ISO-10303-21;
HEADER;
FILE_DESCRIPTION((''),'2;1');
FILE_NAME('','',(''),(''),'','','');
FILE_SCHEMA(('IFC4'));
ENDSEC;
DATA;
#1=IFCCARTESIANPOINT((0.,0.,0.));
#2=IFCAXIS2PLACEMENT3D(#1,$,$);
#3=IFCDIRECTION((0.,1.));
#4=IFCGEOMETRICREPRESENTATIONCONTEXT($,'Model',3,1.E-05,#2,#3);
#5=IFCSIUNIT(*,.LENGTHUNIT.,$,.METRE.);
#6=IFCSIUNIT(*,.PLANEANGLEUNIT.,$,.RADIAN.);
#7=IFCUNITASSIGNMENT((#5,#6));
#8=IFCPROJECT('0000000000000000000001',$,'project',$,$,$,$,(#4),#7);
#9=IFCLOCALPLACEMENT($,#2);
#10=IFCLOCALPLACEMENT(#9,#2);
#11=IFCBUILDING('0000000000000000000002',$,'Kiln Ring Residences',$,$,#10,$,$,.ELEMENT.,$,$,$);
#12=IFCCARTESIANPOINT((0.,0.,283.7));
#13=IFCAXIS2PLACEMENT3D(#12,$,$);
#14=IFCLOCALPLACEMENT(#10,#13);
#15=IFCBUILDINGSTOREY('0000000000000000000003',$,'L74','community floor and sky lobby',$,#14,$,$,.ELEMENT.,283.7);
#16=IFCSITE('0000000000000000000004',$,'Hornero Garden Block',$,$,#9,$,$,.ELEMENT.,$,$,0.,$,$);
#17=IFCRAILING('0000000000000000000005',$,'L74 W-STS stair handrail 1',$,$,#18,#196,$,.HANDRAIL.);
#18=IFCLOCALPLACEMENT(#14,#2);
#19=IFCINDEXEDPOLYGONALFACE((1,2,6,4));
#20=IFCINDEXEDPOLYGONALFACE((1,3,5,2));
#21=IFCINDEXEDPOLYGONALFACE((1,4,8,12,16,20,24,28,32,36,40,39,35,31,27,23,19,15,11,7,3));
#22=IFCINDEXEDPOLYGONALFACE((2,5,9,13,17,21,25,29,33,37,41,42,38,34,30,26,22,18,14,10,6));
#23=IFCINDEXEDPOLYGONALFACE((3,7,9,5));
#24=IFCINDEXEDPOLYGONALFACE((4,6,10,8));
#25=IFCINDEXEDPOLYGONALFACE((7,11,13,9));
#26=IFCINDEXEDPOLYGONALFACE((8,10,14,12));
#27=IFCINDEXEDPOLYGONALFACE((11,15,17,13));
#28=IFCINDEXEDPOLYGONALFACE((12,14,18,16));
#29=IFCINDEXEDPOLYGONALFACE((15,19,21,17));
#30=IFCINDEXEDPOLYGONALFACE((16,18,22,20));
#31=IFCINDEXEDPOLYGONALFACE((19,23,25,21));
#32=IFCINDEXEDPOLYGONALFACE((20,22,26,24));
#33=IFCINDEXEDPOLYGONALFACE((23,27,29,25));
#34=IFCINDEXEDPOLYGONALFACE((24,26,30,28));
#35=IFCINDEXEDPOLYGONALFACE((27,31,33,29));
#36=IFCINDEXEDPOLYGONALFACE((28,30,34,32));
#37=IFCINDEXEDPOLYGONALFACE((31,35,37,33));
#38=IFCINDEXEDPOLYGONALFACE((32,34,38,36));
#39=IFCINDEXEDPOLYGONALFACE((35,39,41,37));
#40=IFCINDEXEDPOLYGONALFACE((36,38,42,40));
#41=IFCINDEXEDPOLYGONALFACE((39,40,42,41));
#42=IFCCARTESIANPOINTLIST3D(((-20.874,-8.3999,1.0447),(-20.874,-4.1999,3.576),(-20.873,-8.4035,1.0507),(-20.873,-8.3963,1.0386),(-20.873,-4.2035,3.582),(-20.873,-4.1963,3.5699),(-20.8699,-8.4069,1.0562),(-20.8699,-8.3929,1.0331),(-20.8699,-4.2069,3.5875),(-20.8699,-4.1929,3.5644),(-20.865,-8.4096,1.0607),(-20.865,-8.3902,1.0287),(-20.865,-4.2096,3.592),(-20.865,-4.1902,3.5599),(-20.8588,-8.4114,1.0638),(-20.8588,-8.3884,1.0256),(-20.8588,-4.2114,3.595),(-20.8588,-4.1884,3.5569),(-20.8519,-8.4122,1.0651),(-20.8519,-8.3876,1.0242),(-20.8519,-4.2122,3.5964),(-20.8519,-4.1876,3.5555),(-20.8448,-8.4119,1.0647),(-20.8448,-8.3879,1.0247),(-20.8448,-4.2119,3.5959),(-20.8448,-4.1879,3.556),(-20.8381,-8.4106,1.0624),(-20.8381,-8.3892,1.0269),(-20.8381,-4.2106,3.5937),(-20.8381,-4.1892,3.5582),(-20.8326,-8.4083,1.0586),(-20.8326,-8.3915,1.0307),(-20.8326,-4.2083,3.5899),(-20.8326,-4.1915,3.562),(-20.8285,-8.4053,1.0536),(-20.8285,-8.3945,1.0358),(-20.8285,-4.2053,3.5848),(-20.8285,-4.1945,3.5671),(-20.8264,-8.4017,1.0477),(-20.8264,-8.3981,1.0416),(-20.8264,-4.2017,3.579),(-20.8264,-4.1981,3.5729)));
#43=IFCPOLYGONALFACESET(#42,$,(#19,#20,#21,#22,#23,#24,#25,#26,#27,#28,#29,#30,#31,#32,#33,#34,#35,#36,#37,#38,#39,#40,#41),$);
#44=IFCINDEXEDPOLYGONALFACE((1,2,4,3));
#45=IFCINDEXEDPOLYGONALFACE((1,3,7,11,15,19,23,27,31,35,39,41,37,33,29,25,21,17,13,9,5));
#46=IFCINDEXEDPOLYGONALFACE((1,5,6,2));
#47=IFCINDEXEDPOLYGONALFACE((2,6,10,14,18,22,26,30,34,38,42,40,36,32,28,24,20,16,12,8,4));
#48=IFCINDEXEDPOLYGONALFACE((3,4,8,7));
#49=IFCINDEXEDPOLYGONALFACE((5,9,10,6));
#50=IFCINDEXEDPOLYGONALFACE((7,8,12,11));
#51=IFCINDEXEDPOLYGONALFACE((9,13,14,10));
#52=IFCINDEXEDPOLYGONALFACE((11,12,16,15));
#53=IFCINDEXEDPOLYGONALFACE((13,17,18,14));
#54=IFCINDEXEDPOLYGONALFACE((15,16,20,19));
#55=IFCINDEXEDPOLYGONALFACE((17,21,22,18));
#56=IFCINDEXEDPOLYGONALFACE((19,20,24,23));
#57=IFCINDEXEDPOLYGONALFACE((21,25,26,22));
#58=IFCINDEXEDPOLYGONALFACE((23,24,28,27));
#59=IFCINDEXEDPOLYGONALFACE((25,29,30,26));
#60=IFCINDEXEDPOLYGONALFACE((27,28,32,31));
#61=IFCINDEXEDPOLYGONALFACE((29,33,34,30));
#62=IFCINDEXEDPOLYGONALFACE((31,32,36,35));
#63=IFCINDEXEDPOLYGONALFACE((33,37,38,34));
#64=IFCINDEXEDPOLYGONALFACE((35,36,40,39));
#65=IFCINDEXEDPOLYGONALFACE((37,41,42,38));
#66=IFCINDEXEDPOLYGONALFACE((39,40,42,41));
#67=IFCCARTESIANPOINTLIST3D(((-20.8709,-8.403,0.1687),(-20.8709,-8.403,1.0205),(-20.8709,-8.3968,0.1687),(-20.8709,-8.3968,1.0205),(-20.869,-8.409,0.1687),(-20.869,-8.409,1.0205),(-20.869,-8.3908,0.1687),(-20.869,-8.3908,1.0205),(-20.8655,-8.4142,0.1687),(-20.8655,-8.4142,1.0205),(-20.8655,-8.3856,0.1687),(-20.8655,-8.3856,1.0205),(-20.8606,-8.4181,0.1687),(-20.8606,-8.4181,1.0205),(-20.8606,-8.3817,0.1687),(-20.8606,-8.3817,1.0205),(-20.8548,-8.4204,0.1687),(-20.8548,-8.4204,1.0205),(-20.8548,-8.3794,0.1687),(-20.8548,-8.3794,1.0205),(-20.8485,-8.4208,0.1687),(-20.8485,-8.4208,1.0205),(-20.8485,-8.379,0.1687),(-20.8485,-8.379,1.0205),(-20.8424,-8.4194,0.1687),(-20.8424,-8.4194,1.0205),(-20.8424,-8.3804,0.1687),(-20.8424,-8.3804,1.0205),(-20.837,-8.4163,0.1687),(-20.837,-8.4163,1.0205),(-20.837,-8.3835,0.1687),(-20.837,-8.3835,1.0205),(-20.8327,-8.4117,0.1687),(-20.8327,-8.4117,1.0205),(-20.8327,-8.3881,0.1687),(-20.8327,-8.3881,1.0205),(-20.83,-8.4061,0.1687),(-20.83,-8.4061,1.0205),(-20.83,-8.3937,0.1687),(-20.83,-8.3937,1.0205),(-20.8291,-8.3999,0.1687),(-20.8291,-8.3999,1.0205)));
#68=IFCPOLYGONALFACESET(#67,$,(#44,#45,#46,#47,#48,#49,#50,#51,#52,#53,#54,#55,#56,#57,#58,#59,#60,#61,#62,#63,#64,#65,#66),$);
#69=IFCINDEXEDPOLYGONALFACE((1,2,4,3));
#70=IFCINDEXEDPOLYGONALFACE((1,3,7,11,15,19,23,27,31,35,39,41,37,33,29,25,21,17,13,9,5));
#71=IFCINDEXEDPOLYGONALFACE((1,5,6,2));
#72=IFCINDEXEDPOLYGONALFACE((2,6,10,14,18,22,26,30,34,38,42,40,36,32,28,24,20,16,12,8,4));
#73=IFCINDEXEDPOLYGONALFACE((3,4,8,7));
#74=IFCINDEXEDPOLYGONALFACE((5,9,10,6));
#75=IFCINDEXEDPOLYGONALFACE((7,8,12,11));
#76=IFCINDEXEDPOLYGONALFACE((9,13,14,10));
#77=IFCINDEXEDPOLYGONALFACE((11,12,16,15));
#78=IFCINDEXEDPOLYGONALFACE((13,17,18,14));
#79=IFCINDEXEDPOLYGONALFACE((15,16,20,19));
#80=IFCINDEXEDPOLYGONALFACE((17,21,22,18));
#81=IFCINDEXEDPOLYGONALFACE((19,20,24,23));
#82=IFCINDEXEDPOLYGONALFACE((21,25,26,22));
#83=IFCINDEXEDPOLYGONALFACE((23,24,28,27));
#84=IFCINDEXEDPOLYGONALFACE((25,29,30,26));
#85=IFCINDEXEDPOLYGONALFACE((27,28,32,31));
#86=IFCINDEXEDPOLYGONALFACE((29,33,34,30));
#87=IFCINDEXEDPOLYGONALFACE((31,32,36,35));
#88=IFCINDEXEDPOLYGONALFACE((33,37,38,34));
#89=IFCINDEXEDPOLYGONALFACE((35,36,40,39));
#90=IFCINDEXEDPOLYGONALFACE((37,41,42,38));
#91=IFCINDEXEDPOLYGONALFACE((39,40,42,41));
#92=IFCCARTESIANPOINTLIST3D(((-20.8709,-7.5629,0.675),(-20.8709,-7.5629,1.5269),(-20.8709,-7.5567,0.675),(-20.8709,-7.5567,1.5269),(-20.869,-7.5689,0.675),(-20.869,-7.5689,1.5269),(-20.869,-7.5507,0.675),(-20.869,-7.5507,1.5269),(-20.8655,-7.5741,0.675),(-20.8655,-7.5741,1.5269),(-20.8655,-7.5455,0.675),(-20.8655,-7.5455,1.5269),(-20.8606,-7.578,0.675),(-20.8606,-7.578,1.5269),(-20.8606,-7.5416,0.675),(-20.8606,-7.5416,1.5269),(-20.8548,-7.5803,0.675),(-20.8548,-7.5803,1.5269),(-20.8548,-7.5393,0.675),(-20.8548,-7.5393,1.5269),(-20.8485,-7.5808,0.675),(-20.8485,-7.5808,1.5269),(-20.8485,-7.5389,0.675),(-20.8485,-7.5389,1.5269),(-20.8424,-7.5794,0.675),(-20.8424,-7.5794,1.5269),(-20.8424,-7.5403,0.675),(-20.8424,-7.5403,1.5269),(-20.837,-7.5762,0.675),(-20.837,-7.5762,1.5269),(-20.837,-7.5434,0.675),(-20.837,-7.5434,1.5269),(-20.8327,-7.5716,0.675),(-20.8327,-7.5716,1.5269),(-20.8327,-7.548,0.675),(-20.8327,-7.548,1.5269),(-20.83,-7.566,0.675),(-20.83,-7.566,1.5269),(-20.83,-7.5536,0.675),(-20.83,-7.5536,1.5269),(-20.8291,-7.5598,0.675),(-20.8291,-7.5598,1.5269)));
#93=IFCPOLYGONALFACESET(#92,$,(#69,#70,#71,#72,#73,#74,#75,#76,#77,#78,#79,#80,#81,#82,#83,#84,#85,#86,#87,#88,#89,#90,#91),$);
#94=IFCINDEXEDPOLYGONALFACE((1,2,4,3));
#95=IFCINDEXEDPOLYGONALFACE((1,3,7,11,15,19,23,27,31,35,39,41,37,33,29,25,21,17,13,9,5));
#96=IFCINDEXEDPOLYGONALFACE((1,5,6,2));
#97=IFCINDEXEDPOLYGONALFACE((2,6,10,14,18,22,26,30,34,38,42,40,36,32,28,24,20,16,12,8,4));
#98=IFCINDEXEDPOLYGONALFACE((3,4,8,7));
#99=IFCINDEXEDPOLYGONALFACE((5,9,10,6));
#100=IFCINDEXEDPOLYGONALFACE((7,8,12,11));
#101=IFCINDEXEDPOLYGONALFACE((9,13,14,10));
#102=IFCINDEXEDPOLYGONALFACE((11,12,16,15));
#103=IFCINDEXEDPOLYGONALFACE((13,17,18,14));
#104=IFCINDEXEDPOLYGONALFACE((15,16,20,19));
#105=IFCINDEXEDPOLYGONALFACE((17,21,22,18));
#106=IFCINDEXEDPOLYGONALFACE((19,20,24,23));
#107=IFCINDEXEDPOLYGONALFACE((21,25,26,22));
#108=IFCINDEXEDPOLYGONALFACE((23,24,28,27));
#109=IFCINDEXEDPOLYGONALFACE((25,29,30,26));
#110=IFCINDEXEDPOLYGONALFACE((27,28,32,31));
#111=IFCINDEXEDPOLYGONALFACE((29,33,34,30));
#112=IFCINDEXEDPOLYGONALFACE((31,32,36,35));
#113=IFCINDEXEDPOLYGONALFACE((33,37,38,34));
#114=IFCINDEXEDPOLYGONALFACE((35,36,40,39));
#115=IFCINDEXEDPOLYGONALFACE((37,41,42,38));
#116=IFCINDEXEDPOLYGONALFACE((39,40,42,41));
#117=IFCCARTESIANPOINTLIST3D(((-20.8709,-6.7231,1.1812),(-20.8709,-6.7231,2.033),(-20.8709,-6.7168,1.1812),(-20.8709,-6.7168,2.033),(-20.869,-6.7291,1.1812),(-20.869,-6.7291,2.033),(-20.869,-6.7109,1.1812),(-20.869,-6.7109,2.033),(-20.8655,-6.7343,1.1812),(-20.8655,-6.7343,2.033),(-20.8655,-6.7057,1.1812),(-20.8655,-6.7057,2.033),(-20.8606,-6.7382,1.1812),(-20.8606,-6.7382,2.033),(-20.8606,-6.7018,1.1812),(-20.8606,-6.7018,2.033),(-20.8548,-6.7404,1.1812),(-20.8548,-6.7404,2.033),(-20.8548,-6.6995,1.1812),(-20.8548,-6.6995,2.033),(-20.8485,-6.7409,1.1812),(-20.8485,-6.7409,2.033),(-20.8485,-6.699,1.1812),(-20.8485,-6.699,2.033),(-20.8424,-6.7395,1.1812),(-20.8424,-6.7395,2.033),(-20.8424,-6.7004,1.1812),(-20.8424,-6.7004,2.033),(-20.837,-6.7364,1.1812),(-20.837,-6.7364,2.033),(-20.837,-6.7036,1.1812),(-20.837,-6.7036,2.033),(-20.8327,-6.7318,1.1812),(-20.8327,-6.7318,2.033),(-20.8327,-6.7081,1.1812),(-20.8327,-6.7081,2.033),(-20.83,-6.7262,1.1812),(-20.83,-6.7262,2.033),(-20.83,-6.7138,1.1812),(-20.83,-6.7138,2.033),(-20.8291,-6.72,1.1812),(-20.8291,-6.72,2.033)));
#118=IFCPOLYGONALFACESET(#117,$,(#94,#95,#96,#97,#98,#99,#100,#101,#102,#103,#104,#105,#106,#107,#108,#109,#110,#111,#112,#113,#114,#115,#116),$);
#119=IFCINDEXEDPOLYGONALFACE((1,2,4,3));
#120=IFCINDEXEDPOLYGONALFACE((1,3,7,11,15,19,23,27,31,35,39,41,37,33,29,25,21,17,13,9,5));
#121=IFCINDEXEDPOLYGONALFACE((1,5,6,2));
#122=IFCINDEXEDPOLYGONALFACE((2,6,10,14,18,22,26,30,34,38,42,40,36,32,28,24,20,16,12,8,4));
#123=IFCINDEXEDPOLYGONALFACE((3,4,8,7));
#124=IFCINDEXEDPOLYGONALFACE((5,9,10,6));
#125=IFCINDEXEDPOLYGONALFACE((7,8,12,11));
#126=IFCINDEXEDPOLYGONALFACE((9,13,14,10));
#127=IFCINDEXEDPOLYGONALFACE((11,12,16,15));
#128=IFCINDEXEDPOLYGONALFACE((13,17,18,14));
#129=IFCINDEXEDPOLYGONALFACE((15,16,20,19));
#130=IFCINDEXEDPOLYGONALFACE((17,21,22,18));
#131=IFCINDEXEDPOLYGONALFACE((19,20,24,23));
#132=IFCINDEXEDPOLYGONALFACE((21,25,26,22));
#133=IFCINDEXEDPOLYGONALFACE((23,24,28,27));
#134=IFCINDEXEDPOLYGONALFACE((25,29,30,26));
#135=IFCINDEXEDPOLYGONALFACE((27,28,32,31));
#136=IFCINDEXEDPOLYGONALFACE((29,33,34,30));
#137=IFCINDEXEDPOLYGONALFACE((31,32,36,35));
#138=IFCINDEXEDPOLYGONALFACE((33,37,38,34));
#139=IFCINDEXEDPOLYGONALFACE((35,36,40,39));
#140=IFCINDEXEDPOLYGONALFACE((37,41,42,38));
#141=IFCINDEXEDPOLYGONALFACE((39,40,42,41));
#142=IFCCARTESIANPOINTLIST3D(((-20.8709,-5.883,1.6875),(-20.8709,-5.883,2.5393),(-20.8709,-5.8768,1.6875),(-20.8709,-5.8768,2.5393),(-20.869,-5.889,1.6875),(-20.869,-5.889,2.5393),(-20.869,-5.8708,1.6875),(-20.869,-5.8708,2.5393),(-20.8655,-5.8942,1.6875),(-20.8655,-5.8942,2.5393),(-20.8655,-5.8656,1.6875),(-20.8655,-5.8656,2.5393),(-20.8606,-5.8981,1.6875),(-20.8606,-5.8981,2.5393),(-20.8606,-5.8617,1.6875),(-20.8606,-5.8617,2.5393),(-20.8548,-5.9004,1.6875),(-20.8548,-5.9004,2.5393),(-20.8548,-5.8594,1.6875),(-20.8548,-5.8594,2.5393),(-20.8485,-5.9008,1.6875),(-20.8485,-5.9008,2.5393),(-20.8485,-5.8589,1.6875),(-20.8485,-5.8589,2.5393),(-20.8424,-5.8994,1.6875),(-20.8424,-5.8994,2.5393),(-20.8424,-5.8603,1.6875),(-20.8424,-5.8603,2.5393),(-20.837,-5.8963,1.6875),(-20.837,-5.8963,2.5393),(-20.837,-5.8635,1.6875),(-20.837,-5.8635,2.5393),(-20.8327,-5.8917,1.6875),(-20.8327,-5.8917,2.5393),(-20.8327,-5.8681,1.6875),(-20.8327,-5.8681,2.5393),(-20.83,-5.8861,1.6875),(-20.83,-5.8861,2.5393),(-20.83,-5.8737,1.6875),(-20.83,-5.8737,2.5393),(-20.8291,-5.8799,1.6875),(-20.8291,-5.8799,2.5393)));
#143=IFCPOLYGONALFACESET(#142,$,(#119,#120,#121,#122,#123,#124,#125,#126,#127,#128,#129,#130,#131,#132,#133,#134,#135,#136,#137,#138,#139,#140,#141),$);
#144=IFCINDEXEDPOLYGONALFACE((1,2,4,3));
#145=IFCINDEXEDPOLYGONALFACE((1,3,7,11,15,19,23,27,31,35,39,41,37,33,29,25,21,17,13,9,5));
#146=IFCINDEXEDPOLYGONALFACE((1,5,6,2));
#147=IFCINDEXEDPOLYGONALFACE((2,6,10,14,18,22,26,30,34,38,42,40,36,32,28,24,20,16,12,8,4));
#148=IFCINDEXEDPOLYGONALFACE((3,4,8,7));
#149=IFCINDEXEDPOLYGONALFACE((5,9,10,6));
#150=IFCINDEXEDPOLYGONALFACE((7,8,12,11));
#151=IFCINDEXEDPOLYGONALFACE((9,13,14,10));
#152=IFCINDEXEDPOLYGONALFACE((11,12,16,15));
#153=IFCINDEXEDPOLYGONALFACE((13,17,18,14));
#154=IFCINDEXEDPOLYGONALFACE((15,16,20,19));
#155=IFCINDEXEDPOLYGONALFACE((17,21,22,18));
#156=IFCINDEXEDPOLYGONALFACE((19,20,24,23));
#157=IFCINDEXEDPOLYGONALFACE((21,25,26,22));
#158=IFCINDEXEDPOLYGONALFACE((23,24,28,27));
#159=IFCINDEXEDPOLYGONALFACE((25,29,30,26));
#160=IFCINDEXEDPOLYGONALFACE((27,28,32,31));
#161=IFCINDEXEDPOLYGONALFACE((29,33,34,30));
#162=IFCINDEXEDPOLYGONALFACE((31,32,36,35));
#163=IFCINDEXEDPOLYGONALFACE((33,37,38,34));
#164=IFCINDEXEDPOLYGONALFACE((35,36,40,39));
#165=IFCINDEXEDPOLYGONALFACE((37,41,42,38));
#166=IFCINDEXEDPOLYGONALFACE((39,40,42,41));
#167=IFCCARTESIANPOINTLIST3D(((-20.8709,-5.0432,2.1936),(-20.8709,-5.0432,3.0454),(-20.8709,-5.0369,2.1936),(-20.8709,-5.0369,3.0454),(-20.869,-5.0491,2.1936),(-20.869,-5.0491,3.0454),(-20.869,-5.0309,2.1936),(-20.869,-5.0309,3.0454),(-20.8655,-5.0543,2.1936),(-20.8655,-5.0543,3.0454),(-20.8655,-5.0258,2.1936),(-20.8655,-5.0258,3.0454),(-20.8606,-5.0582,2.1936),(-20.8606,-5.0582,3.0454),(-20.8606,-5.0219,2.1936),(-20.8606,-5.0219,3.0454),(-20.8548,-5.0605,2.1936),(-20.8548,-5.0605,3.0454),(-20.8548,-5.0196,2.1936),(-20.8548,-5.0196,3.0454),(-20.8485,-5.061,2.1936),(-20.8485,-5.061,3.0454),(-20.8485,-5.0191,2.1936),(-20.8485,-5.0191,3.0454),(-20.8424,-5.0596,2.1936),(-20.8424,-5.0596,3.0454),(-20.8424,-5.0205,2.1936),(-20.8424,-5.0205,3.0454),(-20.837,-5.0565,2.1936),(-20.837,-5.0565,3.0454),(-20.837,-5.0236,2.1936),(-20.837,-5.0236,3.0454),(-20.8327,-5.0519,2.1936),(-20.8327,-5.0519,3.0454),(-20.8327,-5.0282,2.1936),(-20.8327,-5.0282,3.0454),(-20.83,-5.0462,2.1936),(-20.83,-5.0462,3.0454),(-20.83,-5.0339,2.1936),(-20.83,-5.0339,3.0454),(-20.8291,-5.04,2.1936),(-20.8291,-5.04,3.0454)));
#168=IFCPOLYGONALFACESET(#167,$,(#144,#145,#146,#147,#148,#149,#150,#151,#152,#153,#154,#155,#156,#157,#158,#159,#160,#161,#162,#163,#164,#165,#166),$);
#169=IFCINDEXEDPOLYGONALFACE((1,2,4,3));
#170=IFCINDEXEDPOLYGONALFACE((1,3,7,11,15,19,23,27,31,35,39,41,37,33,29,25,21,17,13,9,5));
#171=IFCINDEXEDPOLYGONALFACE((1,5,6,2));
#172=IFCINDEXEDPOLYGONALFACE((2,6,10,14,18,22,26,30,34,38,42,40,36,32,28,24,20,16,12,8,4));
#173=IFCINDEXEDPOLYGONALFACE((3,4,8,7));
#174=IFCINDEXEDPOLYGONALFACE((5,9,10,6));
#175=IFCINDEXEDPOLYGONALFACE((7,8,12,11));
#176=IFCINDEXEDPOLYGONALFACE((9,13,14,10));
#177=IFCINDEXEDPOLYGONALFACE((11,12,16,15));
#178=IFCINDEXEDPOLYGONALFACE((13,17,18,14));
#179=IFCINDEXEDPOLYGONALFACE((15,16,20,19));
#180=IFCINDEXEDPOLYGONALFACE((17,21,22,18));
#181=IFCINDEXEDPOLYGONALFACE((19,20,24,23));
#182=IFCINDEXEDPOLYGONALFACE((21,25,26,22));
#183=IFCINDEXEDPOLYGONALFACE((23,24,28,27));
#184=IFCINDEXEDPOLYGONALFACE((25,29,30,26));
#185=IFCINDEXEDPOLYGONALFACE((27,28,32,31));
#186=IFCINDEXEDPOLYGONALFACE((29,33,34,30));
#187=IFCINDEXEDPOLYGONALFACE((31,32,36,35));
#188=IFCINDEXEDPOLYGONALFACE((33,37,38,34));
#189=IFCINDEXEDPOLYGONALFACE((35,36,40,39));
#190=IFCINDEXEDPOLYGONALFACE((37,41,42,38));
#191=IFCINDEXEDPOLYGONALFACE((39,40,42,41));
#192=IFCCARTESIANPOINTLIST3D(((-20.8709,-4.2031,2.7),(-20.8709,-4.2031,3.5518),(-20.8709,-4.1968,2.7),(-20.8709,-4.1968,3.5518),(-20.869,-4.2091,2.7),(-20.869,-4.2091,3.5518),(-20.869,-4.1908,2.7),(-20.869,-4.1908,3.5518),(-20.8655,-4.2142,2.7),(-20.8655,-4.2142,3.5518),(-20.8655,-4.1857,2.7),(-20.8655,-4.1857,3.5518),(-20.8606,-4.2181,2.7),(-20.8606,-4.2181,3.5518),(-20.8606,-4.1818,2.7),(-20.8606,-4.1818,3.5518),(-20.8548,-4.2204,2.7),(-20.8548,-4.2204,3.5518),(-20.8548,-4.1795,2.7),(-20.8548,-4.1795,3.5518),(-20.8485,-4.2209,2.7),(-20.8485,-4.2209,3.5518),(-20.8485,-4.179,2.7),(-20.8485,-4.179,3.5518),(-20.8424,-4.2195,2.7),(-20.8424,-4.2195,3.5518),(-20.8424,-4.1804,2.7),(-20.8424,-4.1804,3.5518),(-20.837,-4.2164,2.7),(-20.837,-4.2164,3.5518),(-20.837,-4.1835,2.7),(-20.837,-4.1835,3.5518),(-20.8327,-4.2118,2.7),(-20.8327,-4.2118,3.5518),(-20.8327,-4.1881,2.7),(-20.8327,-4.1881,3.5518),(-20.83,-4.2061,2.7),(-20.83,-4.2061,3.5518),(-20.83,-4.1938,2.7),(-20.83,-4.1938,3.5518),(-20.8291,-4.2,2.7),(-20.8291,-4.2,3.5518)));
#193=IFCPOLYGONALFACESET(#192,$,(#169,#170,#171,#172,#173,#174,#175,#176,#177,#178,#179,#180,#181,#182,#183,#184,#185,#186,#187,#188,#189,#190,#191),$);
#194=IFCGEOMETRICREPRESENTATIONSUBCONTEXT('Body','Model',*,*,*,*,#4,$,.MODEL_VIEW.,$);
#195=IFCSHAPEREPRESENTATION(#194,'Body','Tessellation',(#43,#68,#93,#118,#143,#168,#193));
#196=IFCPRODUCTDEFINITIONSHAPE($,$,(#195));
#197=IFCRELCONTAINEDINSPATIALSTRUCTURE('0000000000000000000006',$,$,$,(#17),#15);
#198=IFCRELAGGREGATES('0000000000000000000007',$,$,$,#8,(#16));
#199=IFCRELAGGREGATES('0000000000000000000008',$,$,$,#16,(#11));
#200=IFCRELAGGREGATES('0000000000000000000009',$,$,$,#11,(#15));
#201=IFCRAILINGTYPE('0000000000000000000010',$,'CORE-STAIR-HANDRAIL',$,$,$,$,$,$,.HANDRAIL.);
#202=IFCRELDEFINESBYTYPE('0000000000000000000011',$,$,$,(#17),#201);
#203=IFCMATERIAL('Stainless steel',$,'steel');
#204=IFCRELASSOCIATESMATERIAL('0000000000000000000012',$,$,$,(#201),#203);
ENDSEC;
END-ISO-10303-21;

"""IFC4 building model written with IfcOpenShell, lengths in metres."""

from ifc_helpers import new_model, si_unit, direction, frame, origin, origin_2d, place, context, subcontext, project, spatial, circle, extrude, material, type_object, element, save


model = new_model("IFC4")

# Units and contexts
model_context = context("Model", 3, precision=1e-05, world=origin(), true_north=direction((0.0, 1.0)))
body_context = subcontext(model_context, "Body", "Model", "MODEL_VIEW")
ifc_project = project(units=[si_unit("LENGTHUNIT", "METRE"), si_unit("PLANEANGLEUNIT", "RADIAN")], contexts=[model_context])

# Site, building, storey
site_placement = place(None, origin())
site = spatial("IfcSite", under=ifc_project, at=site_placement, Name="Hornero Garden Block", CompositionType="ELEMENT", RefElevation=0.0)
building_placement = place(site_placement, origin())
building = spatial("IfcBuilding", under=site, at=building_placement, Name="Kiln Ring Residences", CompositionType="ELEMENT")
storey_placement = place(building_placement, frame((0.0, 0.0, 283.7)))
storey = spatial("IfcBuildingStorey", under=building, at=storey_placement, Name="L74", Description="community floor and sky lobby", CompositionType="ELEMENT", Elevation=283.7)

# Railing
ifc_material_1 = material(Name="Stainless steel", Category="steel")
railing_type_1 = type_object("IfcRailingType", Name="CORE-STAIR-HANDRAIL", PredefinedType="HANDRAIL", material=ifc_material_1)
railing_1_placement = place(storey_placement, frame((-20.8501, -8.3999, 0.1687)))
element("IfcRailing", 1, at=railing_1_placement, inside=storey, type_object=railing_type_1, Name="L74 W-STS stair handrail 1", PredefinedType="HANDRAIL", context=body_context, shape_type="SweptSolid", body=[
    extrude(circle(Radius=0.0239, at=origin_2d()), frame((0.0, 0.0, 0.876), z_axis=(0.0, 0.856476, 0.516186), x_axis=(-1.0, 0.0, 0.0)), (0.0, 0.0, 1.0), 4.9038),
    extrude(circle(Radius=0.021, at=origin_2d()), origin(), (0.0, 0.0, 1.0), 0.8518),
    extrude(circle(Radius=0.021, at=origin_2d()), frame((0.0, 0.8401, 0.5063)), (0.0, 0.0, 1.0), 0.8518),
    extrude(circle(Radius=0.021, at=origin_2d()), frame((0.0, 1.6799, 1.0125)), (0.0, 0.0, 1.0), 0.8518),
    extrude(circle(Radius=0.021, at=origin_2d()), frame((0.0, 2.52, 1.5188)), (0.0, 0.0, 1.0), 0.8518),
    extrude(circle(Radius=0.021, at=origin_2d()), frame((0.0, 3.3599, 2.0249)), (0.0, 0.0, 1.0), 0.8518),
    extrude(circle(Radius=0.021, at=origin_2d()), frame((0.0, 4.2, 2.5312)), (0.0, 0.0, 1.0), 0.8518),
])

save(model, "model.ifc")
